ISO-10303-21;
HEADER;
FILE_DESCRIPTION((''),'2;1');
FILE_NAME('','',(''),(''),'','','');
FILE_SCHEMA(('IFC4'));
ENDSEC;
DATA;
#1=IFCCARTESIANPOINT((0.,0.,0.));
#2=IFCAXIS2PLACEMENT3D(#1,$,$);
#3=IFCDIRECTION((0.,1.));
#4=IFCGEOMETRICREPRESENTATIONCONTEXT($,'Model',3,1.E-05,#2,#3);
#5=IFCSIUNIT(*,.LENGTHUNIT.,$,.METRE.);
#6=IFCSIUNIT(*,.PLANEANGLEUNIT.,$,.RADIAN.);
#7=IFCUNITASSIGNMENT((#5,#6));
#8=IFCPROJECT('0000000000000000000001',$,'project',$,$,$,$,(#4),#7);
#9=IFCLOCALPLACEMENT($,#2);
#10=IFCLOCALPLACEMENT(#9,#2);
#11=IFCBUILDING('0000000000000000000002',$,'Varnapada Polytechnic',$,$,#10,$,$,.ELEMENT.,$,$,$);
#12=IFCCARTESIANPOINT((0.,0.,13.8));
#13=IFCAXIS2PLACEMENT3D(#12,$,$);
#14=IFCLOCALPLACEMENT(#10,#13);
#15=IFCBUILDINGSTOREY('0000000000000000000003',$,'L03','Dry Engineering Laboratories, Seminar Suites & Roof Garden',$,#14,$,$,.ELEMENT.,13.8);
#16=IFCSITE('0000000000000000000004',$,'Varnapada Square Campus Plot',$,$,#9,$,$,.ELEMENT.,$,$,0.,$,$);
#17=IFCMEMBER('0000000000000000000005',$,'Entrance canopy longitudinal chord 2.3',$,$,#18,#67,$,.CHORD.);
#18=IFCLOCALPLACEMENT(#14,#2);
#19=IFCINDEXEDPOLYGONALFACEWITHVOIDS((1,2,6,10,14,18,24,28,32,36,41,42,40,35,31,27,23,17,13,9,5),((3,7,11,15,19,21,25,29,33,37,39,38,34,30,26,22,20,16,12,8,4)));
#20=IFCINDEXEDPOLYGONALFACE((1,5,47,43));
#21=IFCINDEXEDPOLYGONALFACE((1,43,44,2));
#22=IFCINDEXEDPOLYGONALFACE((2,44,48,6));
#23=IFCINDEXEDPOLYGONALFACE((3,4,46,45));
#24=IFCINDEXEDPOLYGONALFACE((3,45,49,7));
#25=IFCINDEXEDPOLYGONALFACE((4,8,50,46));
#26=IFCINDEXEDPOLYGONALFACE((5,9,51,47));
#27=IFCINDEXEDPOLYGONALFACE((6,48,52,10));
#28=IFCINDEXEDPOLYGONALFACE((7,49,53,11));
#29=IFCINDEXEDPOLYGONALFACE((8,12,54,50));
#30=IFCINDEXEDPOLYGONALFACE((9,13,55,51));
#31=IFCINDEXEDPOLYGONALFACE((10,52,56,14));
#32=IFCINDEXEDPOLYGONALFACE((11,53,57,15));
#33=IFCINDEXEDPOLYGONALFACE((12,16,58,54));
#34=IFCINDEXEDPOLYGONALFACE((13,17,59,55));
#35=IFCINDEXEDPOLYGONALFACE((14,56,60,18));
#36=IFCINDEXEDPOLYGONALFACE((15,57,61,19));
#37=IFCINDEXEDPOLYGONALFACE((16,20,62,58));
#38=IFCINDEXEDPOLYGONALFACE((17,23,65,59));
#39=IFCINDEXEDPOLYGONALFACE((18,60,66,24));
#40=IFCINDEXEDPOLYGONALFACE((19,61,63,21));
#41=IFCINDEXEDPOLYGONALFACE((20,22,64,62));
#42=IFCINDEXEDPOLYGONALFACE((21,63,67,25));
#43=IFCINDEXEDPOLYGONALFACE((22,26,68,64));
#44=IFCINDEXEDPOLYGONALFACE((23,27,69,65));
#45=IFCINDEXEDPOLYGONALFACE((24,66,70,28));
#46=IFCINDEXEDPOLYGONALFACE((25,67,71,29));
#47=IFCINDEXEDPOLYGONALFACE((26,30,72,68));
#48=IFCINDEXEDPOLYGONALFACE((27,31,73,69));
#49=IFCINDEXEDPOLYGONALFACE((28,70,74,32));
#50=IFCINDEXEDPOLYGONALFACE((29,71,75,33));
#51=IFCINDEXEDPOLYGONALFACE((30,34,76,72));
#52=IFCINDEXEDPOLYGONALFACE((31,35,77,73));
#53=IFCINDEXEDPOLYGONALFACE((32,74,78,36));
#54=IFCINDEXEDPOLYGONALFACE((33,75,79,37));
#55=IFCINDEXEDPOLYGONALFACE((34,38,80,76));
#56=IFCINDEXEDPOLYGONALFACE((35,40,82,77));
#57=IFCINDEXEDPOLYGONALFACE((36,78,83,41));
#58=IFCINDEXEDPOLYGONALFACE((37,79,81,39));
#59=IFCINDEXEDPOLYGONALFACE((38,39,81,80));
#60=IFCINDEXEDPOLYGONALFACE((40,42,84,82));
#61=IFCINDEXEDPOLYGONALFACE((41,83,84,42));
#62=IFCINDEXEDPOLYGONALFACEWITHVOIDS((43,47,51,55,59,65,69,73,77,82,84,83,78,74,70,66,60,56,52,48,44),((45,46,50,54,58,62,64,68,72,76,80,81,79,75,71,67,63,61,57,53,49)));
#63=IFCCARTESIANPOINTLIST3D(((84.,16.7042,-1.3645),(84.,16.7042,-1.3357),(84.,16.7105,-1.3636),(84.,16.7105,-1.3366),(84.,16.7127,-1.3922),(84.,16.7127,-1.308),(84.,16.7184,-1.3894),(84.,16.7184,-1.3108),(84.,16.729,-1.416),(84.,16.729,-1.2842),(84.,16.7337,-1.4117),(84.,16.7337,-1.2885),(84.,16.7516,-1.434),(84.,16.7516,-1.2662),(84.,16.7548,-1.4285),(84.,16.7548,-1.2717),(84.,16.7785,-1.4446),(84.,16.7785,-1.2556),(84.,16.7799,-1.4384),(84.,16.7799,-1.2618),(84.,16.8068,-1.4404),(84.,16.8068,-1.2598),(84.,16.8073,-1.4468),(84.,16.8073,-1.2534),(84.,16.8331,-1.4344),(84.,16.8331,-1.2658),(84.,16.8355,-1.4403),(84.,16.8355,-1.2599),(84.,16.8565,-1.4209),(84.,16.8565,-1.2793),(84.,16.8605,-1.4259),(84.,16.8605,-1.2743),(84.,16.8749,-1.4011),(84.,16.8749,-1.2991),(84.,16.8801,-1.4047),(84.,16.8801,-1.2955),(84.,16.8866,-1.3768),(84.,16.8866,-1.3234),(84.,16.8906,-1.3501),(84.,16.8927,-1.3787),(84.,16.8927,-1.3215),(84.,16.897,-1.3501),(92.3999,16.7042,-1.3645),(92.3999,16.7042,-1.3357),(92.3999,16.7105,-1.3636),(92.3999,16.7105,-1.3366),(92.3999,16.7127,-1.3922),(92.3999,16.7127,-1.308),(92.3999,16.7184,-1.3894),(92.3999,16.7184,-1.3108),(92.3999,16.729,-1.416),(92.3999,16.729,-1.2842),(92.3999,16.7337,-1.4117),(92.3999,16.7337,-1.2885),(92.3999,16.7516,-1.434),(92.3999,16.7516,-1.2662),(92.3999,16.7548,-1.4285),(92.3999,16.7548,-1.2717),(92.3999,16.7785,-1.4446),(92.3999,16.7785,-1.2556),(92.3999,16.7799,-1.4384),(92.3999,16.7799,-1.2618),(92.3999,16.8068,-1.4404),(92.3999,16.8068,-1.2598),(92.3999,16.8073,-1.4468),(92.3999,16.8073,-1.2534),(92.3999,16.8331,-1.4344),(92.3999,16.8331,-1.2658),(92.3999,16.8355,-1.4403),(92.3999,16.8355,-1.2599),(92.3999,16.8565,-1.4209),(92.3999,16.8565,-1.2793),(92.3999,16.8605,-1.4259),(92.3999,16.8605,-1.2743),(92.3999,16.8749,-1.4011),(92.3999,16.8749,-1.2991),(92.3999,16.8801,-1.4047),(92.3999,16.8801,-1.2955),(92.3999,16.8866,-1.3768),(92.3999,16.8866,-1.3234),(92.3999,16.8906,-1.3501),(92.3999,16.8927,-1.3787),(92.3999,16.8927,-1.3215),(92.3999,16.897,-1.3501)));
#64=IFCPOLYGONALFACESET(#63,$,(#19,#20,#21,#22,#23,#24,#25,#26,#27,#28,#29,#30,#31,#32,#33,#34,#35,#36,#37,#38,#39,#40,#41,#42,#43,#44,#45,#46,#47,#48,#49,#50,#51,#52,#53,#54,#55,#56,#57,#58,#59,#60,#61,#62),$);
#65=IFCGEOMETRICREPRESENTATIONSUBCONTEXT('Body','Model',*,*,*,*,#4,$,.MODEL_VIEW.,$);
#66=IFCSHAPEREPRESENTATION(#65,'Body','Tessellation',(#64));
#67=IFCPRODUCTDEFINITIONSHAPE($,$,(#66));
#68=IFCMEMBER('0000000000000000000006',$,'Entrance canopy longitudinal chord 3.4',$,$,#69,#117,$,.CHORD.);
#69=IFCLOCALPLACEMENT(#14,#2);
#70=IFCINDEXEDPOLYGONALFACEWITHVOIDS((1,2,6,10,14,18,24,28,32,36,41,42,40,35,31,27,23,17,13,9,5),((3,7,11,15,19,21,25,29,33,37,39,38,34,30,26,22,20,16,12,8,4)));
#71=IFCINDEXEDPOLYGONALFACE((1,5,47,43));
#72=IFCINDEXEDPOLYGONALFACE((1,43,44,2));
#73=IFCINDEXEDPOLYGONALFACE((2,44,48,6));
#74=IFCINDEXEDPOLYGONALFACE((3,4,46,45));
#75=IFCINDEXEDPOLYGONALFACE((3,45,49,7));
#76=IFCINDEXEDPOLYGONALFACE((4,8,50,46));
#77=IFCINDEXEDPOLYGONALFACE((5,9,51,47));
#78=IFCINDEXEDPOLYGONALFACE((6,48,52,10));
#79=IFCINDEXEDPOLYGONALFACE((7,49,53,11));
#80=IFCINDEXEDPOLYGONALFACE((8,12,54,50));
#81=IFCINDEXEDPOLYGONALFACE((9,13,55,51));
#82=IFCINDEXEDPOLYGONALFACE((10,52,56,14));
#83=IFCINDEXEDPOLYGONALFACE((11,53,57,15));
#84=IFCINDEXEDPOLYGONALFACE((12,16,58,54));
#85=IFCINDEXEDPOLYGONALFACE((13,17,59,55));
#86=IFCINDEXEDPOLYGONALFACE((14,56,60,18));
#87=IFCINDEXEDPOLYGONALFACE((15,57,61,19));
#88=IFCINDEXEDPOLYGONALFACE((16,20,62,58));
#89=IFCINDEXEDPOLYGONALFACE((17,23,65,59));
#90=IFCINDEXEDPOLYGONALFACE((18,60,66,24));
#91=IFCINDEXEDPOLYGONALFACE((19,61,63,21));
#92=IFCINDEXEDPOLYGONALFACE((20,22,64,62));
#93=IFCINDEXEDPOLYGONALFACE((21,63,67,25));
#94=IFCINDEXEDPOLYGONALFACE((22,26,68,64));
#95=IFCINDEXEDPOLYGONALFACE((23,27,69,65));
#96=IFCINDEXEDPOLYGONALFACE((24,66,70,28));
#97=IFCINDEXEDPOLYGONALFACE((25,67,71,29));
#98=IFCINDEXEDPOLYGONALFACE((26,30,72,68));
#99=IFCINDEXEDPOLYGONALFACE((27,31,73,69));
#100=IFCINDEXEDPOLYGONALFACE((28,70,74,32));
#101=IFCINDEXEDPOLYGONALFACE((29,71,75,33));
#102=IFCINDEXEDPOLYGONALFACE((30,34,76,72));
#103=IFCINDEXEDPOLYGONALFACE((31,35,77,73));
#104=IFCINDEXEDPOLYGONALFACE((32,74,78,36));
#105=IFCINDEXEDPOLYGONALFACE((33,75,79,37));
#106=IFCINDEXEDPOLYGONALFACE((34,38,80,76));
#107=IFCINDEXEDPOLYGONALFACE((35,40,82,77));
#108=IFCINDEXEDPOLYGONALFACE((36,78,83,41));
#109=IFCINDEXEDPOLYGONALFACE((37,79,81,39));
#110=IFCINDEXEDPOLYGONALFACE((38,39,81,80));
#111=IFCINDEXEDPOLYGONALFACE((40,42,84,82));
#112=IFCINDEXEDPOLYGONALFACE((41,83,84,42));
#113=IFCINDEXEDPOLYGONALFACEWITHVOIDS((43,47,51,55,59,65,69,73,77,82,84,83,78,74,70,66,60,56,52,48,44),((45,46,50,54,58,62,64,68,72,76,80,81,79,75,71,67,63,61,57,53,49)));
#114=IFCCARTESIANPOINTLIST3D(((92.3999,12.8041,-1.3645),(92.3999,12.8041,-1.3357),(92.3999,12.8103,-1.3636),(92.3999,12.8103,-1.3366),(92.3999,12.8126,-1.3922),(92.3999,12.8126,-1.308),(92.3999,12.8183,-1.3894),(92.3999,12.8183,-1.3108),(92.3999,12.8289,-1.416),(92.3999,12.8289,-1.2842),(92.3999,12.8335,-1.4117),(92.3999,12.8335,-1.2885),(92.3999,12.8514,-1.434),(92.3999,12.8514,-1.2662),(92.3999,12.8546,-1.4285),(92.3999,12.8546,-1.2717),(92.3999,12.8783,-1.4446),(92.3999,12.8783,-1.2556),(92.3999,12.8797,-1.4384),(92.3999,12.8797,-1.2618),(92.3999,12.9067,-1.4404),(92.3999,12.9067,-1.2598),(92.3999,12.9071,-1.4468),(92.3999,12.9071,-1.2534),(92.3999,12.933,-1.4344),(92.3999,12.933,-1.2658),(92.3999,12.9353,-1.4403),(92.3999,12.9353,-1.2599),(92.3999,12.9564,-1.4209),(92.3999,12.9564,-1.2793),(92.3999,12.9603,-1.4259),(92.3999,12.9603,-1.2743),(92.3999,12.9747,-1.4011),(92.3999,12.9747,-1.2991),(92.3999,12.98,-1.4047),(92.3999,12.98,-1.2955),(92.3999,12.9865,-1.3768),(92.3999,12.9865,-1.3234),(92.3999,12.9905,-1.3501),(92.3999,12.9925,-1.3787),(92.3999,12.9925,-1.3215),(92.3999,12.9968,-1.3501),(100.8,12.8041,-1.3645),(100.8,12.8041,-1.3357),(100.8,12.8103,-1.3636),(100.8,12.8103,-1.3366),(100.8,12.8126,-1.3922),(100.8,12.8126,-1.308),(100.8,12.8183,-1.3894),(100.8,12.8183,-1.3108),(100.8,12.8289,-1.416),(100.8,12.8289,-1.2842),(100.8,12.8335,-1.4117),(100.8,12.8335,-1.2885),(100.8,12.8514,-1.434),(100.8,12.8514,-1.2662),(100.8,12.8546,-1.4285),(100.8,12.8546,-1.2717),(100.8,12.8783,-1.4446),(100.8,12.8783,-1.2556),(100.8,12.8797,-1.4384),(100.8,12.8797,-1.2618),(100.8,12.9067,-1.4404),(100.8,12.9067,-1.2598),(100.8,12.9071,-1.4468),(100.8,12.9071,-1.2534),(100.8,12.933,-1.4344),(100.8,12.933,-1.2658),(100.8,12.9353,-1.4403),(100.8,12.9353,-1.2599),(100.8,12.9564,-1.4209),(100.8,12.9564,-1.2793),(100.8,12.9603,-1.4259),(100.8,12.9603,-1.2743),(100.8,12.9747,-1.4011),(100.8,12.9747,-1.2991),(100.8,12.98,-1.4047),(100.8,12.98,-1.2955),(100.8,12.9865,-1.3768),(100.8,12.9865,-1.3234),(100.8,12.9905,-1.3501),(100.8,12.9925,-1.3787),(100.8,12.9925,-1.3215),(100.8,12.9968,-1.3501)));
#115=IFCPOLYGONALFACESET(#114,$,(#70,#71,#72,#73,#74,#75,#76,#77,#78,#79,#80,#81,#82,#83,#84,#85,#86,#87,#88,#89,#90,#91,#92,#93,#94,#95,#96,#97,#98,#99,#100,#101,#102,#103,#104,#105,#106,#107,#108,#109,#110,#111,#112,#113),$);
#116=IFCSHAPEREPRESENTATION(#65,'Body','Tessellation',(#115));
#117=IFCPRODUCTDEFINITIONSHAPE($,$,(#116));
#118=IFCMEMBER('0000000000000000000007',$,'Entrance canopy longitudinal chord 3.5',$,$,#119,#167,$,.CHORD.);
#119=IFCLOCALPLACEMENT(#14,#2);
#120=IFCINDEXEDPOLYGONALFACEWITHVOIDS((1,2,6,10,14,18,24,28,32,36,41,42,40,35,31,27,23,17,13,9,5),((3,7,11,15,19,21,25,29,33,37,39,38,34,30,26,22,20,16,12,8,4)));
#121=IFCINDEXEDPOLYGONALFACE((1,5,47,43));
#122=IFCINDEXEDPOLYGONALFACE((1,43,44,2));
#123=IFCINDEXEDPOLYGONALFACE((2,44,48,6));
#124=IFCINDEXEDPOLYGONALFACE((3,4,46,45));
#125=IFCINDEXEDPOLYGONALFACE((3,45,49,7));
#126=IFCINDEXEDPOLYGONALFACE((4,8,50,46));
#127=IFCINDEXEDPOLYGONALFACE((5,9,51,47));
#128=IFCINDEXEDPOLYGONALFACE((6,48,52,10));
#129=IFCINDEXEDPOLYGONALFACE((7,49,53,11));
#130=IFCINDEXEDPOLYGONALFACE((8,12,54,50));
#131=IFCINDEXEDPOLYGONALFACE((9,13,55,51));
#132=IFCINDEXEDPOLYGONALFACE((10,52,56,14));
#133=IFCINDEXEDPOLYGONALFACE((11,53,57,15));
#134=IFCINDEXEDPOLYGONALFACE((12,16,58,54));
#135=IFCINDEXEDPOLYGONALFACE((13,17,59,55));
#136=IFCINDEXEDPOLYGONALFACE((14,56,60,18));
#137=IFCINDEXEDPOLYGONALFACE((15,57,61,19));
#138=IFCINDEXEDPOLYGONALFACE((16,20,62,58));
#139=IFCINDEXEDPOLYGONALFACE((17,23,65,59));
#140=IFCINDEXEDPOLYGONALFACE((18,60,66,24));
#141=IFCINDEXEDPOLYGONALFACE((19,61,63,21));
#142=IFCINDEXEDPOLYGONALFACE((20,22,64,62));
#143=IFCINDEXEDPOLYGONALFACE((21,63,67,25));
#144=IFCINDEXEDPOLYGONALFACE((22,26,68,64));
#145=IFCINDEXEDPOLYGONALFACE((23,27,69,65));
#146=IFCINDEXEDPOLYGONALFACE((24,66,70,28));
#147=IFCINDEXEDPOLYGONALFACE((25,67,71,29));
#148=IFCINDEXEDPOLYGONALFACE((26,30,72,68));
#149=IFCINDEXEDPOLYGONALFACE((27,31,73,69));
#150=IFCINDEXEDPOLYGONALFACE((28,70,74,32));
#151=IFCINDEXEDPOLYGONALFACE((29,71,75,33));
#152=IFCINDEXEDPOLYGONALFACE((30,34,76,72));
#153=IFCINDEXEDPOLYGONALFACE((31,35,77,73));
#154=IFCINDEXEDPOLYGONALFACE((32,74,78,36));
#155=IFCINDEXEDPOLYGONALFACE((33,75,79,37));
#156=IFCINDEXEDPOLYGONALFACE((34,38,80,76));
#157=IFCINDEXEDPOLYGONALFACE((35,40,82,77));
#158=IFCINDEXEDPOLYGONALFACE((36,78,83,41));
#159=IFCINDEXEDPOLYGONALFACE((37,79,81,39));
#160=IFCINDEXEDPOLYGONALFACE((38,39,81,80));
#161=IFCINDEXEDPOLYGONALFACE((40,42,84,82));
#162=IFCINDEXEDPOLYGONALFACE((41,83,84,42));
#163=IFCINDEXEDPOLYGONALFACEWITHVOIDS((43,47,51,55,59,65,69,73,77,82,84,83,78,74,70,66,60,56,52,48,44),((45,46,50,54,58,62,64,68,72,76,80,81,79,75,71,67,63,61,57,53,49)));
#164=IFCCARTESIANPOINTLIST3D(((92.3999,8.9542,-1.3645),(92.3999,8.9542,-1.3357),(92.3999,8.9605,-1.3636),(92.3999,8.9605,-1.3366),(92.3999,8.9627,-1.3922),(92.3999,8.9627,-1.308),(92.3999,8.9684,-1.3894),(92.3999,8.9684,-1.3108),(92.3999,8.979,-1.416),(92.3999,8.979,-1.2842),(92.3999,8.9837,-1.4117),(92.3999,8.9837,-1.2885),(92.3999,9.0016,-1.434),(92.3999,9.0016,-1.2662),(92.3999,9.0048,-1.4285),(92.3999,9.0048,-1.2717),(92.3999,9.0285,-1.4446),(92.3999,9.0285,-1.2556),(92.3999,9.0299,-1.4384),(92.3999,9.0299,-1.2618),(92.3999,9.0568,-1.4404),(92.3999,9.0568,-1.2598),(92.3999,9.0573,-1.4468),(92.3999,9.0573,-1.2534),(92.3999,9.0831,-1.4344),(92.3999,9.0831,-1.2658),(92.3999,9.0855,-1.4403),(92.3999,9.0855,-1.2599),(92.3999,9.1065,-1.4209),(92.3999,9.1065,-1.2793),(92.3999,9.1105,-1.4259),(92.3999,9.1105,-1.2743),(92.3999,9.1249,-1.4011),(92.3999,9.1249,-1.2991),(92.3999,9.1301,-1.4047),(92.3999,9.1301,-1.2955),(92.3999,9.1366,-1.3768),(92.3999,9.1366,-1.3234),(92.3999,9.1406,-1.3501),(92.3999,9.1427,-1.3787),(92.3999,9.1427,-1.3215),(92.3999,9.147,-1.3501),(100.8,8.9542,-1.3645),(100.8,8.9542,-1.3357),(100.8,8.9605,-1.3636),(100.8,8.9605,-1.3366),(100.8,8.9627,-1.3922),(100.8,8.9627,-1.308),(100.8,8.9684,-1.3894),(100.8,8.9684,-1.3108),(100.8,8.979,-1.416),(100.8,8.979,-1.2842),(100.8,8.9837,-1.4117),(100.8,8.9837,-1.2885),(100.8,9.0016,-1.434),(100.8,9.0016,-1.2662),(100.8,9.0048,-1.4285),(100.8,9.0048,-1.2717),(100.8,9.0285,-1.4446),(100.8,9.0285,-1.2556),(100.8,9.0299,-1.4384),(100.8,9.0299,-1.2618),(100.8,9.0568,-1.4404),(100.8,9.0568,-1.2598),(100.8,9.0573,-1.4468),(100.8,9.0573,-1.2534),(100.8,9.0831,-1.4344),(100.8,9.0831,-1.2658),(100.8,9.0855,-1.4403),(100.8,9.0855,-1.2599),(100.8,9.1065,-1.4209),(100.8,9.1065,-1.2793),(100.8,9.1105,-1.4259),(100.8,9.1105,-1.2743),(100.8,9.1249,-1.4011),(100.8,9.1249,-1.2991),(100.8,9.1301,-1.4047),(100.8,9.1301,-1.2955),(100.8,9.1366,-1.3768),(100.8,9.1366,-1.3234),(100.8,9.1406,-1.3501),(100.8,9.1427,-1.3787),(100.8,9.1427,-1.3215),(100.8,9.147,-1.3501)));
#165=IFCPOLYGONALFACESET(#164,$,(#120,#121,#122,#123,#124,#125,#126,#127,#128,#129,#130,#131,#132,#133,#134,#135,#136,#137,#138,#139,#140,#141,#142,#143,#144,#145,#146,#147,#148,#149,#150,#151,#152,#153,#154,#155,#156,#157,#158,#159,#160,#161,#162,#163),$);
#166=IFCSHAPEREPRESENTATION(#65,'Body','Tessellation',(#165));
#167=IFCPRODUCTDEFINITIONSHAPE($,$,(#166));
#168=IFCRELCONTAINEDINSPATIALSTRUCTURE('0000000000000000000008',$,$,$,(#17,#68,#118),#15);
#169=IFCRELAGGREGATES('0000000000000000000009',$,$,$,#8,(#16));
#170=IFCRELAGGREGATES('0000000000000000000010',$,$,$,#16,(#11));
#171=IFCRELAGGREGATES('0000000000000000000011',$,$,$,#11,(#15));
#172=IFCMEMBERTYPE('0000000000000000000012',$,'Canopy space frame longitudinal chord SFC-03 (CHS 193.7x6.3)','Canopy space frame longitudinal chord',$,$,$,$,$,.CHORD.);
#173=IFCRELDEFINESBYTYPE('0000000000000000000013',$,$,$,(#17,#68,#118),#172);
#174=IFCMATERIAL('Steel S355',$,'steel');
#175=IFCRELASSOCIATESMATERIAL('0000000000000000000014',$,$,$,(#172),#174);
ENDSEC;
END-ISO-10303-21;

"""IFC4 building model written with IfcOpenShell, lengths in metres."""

from ifc_helpers import new_model, si_unit, direction, frame, origin, origin_2d, place, context, subcontext, project, spatial, hollow_circle, extrude, material, material_profile, profile_set, type_object, element, save


model = new_model("IFC4")

# Units and contexts
model_context = context("Model", 3, precision=1e-05, world=origin(), true_north=direction((0.0, 1.0)))
body_context = subcontext(model_context, "Body", "Model", "MODEL_VIEW")
ifc_project = project(units=[si_unit("LENGTHUNIT", "METRE"), si_unit("PLANEANGLEUNIT", "RADIAN")], contexts=[model_context])

# Site, building, storey
site_placement = place(None, origin())
site = spatial("IfcSite", under=ifc_project, at=site_placement, Name="Varnapada Square Campus Plot", CompositionType="ELEMENT", RefElevation=0.0)
building_placement = place(site_placement, origin())
building = spatial("IfcBuilding", under=site, at=building_placement, Name="Varnapada Polytechnic", CompositionType="ELEMENT")
storey_placement = place(building_placement, frame((0.0, 0.0, 13.8)))
storey = spatial("IfcBuildingStorey", under=building, at=storey_placement, Name="L03", Description="Dry Engineering Laboratories, Seminar Suites & Roof Garden", CompositionType="ELEMENT", Elevation=13.8)

# Members
ifc_material = material(Name="Steel S355", Category="steel")
ifc_material_profile_1 = material_profile(ifc_material, hollow_circle(Radius=0.0969, WallThickness=0.0063, at=origin_2d()), Name="CHS 193.7x6.3")
ifc_profile_set_1 = profile_set([ifc_material_profile_1], Name="Steel S355")
member_type_1 = type_object("IfcMemberType", Name="Canopy space frame longitudinal chord SFC-03 (CHS 193.7x6.3)", Description="Canopy space frame longitudinal chord", PredefinedType="CHORD", material=ifc_profile_set_1)
member_1_placement = place(storey_placement, frame((84.0, 16.8, -1.3501), z_axis=(1.0, 0.0, 0.0), x_axis=(0.0, 1.0, 0.0)))
element("IfcMember", 1, at=member_1_placement, inside=storey, type_object=member_type_1, Name="Entrance canopy longitudinal chord 2.3", PredefinedType="CHORD", context=body_context, shape_type="SweptSolid", body=[
    extrude(hollow_circle(Radius=0.0969, WallThickness=0.0063, at=origin_2d()), origin(), (0.0, 0.0, 1.0), 8.3999),
])
for number, where, z_axis, x_axis, name in (
    (2, (92.3999, 12.8999, -1.3501), (1.0, 0.0, 0.0), (0.0, 1.0, 0.0), "Entrance canopy longitudinal chord 3.4"),
    (3, (92.3999, 9.05, -1.3501), (1.0, 0.0, 0.0), (0.0, 1.0, 0.0), "Entrance canopy longitudinal chord 3.5"),
):
    element("IfcMember", number, at=place(storey_placement, frame(where, z_axis=z_axis, x_axis=x_axis)), inside=storey, type_object=member_type_1, Name=name, PredefinedType="CHORD", context=body_context, shape_type="SweptSolid", body=[
        extrude(hollow_circle(Radius=0.0969, WallThickness=0.0063, at=origin_2d()), origin(), (0.0, 0.0, 1.0), 8.4001),
    ])

save(model, "model.ifc")
